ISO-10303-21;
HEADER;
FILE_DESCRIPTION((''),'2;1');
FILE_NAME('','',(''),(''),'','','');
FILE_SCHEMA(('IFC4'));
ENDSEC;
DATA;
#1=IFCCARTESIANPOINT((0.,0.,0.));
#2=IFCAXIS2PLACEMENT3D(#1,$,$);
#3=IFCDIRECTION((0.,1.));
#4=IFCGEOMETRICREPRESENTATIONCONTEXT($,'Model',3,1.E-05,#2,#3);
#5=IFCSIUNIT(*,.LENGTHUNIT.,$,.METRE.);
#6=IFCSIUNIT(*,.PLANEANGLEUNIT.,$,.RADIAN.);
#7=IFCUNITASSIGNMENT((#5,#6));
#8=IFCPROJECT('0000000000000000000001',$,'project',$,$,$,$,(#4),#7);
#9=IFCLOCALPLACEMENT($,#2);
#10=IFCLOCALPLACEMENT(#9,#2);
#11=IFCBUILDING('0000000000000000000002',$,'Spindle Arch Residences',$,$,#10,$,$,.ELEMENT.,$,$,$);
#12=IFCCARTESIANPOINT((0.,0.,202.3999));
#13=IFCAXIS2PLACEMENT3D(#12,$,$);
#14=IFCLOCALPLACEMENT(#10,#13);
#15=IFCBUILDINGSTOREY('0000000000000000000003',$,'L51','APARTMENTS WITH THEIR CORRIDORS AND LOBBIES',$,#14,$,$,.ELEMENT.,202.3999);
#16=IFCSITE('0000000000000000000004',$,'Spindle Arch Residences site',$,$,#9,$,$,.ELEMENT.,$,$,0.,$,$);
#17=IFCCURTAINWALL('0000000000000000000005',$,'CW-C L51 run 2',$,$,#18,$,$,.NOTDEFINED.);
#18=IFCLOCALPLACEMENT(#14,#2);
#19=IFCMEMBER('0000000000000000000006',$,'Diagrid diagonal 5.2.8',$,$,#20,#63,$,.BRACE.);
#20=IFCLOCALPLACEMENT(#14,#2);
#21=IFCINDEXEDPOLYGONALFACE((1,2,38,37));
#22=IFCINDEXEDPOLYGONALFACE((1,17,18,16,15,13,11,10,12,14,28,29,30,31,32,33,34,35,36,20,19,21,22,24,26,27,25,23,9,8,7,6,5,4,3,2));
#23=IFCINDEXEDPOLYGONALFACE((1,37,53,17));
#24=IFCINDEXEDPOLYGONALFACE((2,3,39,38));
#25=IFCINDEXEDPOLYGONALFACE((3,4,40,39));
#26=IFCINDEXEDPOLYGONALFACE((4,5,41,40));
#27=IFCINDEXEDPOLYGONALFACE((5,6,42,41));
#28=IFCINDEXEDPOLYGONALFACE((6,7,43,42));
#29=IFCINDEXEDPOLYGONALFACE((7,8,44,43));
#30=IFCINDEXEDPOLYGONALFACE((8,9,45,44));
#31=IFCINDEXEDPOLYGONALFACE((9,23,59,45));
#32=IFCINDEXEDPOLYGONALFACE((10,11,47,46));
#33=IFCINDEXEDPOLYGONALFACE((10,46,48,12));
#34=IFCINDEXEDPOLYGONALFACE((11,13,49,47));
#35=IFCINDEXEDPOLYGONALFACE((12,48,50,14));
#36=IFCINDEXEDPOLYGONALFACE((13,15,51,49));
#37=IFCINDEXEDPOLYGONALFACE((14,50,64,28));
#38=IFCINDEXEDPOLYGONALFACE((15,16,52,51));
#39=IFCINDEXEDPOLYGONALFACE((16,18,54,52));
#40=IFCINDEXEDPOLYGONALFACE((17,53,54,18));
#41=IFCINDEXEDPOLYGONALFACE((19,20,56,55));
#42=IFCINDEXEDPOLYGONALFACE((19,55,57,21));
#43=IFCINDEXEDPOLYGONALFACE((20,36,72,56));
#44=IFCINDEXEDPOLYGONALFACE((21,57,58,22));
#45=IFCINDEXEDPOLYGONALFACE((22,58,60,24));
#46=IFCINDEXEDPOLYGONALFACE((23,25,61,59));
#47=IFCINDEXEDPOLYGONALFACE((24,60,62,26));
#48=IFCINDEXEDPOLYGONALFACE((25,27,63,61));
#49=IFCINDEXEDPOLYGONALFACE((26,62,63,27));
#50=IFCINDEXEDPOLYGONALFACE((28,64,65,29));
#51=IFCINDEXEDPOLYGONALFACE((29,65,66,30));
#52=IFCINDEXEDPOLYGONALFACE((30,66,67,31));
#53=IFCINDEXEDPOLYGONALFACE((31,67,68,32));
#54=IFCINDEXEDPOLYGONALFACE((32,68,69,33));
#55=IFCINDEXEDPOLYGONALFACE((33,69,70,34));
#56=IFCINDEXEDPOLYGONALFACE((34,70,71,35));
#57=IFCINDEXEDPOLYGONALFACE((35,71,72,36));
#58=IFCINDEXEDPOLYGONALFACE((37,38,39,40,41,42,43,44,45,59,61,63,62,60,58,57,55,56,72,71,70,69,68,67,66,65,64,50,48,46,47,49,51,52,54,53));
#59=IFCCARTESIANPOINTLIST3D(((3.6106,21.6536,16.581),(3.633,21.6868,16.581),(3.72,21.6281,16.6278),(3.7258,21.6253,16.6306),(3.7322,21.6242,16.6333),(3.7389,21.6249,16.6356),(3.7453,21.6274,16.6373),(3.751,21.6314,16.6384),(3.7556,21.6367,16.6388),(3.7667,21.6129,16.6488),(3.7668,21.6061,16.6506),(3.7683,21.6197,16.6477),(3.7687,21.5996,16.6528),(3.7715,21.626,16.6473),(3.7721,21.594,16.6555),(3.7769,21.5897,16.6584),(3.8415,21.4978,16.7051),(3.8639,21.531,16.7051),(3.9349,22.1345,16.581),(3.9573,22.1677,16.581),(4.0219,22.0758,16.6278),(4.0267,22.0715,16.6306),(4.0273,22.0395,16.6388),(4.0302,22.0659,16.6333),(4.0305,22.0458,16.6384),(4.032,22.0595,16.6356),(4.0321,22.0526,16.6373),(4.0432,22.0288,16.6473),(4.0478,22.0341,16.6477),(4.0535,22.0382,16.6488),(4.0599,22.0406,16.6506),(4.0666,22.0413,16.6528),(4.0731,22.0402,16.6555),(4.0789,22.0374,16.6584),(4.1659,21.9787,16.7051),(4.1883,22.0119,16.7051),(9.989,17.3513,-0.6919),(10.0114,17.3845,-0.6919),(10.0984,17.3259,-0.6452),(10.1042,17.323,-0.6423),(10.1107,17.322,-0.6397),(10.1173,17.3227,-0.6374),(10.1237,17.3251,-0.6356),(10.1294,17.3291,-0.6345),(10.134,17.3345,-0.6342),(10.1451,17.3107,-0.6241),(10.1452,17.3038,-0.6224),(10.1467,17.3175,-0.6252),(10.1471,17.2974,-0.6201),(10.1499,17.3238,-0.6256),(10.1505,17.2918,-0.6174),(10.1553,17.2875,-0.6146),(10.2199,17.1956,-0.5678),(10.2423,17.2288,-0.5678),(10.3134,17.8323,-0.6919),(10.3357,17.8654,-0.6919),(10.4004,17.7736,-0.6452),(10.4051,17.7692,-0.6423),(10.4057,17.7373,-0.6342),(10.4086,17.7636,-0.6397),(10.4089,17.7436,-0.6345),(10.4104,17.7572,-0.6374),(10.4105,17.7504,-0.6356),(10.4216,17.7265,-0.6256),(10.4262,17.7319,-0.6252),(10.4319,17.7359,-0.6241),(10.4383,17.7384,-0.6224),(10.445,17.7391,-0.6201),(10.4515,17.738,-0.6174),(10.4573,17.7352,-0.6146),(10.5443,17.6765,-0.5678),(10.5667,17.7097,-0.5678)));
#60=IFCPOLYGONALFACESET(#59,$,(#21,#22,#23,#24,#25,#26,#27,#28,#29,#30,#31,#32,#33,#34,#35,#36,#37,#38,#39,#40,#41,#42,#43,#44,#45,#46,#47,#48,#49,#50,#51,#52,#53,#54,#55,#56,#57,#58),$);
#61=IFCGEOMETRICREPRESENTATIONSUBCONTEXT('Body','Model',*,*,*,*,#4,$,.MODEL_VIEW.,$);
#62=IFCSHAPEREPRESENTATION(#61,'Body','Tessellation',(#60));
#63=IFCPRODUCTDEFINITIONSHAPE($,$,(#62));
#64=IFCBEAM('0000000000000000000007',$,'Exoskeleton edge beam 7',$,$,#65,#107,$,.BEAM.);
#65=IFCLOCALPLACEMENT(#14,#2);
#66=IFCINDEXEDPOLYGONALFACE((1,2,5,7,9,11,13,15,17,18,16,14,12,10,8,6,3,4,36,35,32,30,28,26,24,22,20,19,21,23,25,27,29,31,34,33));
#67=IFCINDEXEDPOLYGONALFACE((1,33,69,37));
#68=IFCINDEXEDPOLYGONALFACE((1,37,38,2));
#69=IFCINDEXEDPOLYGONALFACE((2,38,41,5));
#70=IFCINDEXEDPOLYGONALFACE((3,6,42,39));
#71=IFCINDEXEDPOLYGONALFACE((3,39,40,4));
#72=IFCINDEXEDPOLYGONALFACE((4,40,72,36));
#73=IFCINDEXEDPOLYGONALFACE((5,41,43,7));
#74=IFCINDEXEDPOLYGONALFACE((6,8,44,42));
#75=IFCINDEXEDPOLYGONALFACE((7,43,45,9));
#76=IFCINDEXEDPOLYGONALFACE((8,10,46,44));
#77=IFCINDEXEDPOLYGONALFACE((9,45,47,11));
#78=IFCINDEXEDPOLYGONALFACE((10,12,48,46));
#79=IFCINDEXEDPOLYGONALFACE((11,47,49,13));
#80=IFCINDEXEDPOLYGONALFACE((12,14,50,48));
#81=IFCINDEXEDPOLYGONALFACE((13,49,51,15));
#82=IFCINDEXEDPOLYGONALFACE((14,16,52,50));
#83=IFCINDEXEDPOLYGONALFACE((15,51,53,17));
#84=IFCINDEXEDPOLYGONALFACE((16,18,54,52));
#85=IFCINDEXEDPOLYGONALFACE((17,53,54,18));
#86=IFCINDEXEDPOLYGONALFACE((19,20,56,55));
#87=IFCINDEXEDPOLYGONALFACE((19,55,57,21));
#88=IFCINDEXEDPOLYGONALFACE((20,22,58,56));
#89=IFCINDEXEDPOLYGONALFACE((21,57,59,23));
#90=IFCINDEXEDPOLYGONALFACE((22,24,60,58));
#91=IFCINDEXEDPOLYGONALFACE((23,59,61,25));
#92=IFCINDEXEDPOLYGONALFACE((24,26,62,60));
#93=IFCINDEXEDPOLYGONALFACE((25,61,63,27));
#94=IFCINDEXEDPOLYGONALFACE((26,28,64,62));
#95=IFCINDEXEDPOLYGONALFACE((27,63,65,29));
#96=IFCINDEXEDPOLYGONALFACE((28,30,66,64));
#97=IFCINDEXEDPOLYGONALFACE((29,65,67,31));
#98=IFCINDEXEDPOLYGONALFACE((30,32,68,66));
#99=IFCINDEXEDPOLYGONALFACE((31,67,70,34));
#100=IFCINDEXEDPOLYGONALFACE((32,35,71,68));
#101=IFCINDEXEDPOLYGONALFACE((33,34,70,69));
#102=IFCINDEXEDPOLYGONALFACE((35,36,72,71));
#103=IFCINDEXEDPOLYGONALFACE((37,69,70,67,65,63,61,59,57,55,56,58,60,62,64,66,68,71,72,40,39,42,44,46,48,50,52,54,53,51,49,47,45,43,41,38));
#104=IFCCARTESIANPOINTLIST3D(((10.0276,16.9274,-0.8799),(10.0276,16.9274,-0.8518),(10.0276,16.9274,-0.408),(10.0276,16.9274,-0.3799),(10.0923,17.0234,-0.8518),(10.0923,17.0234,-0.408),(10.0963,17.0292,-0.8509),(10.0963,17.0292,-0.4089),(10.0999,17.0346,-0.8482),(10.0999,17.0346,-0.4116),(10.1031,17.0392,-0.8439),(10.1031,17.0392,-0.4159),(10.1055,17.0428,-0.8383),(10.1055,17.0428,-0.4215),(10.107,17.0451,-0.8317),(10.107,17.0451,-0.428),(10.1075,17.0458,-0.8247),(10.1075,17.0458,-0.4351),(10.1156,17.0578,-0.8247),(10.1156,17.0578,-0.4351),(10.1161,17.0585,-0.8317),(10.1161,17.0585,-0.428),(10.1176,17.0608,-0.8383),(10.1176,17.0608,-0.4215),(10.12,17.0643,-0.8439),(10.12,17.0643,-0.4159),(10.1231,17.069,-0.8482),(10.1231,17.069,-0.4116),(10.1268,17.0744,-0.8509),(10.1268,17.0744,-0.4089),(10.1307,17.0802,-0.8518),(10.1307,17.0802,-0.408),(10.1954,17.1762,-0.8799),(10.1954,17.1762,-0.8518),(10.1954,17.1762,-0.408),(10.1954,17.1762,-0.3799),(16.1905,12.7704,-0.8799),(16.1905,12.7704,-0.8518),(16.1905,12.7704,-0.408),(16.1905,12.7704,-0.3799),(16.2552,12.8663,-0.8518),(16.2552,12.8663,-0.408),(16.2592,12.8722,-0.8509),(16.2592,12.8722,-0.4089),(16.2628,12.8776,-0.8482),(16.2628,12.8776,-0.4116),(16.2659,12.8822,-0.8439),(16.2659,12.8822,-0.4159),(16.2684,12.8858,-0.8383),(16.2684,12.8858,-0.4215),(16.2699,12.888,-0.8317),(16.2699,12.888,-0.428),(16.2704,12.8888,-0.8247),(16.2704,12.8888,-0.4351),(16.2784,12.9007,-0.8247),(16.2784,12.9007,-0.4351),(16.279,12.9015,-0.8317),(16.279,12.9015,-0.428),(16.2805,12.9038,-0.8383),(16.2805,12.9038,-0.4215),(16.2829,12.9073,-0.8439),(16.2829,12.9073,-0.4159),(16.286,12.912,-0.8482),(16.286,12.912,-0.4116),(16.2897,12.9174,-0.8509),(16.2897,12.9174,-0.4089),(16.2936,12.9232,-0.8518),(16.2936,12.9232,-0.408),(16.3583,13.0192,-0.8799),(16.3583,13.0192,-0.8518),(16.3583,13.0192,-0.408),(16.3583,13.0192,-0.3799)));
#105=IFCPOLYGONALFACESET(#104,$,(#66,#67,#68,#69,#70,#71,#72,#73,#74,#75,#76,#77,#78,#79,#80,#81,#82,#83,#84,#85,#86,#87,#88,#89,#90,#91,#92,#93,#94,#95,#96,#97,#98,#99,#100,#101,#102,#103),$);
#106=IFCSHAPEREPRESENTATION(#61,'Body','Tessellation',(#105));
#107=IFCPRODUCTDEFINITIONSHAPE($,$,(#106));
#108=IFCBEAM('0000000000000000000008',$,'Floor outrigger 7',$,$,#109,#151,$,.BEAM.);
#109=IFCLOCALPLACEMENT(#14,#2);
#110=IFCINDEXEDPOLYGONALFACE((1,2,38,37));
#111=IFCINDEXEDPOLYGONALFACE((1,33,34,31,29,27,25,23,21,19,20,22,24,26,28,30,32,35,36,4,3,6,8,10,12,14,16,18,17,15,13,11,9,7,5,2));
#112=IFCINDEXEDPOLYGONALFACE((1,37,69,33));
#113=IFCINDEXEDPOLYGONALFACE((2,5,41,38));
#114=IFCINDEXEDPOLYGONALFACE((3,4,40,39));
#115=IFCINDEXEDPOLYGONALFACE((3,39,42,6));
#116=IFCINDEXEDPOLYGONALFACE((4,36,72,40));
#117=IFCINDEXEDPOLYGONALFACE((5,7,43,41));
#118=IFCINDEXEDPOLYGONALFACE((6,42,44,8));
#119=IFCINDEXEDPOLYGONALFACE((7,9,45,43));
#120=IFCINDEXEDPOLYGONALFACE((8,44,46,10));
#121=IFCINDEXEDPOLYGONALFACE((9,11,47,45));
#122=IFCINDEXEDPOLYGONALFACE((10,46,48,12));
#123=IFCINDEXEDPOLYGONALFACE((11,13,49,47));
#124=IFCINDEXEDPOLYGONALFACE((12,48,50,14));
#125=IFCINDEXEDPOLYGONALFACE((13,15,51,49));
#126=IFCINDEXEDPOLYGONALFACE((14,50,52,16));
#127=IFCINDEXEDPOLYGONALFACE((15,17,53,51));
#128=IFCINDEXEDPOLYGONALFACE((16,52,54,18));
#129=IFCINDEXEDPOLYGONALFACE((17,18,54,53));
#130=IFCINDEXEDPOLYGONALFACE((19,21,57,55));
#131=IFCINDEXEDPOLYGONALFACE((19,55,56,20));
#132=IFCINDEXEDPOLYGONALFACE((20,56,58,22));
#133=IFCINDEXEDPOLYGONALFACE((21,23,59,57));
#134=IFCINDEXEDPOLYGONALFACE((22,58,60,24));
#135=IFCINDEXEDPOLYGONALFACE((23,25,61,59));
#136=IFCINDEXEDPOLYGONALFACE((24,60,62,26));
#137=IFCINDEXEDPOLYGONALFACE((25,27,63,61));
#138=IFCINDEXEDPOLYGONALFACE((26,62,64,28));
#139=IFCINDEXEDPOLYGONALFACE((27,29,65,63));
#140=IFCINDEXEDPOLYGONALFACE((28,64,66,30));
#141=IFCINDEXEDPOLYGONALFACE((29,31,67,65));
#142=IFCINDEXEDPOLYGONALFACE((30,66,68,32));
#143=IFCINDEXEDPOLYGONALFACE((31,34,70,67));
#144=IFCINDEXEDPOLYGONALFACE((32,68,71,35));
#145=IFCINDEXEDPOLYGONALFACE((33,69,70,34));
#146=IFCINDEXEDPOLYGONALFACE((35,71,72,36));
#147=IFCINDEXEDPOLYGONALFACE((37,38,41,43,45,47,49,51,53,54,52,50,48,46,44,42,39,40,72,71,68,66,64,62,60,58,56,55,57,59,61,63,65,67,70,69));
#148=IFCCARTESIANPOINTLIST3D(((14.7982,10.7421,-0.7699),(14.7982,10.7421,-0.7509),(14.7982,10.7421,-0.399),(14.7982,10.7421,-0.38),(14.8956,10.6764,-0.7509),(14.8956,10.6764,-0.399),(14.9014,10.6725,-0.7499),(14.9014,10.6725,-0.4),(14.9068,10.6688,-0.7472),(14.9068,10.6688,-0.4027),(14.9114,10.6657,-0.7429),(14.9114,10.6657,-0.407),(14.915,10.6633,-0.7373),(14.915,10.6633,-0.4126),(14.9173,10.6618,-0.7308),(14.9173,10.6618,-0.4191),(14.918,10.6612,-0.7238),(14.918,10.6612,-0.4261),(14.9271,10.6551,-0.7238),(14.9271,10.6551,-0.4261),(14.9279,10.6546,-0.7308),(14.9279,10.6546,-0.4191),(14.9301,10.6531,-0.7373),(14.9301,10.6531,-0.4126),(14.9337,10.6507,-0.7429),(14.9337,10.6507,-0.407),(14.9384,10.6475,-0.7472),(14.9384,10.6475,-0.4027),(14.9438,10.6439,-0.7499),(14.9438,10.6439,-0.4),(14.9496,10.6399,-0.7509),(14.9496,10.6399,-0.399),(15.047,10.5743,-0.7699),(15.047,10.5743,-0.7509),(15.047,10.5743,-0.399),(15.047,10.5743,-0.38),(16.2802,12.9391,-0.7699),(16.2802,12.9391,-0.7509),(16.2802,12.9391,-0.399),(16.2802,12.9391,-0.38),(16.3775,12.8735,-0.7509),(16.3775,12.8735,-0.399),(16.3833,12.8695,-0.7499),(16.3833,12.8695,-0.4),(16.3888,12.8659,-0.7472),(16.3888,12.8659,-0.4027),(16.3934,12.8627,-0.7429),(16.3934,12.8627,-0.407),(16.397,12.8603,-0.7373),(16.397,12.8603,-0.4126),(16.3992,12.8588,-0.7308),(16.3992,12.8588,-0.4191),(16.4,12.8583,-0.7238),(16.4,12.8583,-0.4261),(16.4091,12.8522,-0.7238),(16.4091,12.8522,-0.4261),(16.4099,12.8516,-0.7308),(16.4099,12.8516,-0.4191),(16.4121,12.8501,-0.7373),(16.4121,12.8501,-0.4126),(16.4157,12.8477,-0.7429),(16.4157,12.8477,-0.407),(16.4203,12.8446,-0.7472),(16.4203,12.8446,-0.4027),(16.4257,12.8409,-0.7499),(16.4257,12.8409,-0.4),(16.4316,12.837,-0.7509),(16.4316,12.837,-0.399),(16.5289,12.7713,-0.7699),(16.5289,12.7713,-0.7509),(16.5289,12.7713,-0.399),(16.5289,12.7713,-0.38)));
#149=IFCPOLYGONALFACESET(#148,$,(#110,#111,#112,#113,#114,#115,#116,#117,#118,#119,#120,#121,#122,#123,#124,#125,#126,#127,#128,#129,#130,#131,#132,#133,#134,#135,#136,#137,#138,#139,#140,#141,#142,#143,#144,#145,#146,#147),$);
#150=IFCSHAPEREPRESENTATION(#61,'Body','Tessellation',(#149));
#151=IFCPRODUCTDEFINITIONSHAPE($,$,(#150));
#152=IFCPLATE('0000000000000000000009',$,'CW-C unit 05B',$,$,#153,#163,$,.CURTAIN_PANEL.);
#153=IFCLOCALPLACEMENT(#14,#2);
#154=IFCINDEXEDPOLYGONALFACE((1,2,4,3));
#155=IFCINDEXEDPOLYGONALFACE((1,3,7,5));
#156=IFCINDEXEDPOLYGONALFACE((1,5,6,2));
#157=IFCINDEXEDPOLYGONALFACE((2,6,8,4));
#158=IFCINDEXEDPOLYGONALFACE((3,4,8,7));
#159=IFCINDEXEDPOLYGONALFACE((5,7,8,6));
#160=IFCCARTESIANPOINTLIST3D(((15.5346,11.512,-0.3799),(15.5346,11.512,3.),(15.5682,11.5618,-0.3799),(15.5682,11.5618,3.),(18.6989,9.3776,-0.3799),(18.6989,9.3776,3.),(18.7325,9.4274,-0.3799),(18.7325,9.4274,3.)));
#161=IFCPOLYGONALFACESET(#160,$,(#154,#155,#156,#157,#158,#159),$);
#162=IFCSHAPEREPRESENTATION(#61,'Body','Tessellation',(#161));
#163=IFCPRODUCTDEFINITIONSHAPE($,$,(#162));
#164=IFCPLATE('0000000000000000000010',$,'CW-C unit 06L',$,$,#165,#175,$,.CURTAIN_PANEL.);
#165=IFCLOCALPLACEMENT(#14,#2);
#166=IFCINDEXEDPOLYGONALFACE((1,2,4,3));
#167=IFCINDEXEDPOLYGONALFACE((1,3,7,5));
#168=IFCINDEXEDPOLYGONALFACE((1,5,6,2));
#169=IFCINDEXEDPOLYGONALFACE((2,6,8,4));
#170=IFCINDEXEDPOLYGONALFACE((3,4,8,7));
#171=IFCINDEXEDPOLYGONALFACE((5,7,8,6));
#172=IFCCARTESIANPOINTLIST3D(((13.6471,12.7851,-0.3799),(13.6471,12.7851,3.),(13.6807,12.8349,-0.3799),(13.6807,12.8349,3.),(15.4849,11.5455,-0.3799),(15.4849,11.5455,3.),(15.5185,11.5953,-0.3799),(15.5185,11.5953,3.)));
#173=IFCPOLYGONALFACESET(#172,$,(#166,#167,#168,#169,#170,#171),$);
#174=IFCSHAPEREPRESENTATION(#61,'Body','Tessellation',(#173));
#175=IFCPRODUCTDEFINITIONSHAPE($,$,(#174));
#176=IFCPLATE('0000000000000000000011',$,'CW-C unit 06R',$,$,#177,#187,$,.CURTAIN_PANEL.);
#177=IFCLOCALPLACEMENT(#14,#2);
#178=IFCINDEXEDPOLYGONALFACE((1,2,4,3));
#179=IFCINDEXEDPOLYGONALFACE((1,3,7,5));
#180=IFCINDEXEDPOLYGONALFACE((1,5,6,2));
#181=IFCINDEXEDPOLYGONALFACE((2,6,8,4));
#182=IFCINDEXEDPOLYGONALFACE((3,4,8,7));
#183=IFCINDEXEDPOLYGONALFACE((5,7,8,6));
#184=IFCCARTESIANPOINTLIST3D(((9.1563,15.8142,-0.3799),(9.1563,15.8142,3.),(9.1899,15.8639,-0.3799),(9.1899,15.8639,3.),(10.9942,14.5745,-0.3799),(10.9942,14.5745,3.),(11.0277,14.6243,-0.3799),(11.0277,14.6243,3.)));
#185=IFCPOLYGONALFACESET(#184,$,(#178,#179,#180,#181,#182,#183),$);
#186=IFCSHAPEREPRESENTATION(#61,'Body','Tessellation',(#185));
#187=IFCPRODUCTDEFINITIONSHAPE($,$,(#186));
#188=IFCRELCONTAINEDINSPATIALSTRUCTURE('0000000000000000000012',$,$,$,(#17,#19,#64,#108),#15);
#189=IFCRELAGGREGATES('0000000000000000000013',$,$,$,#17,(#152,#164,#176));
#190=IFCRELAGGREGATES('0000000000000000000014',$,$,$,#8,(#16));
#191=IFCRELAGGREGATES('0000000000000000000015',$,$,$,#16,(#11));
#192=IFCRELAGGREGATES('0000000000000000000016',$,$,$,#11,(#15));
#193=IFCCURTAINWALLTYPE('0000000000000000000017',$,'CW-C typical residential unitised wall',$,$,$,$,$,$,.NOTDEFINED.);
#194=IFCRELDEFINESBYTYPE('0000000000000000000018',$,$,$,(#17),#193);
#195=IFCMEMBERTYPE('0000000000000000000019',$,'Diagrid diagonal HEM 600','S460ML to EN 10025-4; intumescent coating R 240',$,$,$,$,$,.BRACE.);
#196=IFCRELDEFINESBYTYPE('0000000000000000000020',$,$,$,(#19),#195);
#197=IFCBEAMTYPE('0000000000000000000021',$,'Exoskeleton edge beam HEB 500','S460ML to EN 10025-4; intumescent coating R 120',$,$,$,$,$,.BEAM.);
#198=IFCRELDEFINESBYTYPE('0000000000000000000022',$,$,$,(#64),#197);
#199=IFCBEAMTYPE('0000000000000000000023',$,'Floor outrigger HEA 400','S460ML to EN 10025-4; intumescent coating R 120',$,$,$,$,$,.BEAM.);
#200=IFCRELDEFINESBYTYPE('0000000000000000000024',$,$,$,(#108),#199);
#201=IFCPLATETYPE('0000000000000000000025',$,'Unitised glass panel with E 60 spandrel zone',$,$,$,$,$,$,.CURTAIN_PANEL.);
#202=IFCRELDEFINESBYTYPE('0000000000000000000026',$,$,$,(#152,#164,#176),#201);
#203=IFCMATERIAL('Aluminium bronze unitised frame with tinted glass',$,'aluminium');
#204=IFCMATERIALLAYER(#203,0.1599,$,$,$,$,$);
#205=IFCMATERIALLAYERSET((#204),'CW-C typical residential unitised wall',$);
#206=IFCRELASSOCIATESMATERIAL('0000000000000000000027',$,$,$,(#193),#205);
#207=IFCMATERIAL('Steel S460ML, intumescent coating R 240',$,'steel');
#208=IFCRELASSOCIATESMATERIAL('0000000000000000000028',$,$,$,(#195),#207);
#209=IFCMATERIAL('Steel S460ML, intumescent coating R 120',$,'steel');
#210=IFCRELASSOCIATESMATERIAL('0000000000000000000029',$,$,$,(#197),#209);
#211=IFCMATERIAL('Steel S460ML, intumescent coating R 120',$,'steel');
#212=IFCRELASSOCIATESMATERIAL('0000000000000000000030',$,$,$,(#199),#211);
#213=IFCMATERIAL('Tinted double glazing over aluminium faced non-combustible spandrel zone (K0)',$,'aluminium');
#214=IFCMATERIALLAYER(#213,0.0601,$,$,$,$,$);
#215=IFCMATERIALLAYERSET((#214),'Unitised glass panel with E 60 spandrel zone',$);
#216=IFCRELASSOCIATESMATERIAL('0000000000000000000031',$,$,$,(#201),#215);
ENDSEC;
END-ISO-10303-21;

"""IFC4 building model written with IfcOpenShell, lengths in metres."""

from ifc_helpers import new_model, si_unit, direction, frame, origin, origin_2d, place, context, subcontext, project, spatial, rectangle, i_section, extrude, material, layer, layer_set, material_profile, profile_set, type_object, element, aggregate, save


model = new_model("IFC4")

# Units and contexts
model_context = context("Model", 3, precision=1e-05, world=origin(), true_north=direction((0.0, 1.0)))
body_context = subcontext(model_context, "Body", "Model", "MODEL_VIEW")
ifc_project = project(units=[si_unit("LENGTHUNIT", "METRE"), si_unit("PLANEANGLEUNIT", "RADIAN")], contexts=[model_context])

# Site, building, storey
site_placement = place(None, origin())
site = spatial("IfcSite", under=ifc_project, at=site_placement, Name="Spindle Arch Residences site", CompositionType="ELEMENT", RefElevation=0.0)
building_placement = place(site_placement, origin())
building = spatial("IfcBuilding", under=site, at=building_placement, Name="Spindle Arch Residences", CompositionType="ELEMENT")
storey_placement = place(building_placement, frame((0.0, 0.0, 202.3999)))
storey = spatial("IfcBuildingStorey", under=building, at=storey_placement, Name="L51", Description="APARTMENTS WITH THEIR CORRIDORS AND LOBBIES", CompositionType="ELEMENT", Elevation=202.3999)

# Curtain wall
ifc_material_1 = material(Name="Aluminium bronze unitised frame with tinted glass", Category="aluminium")
ifc_layer_1 = layer(ifc_material_1, 0.1599)
ifc_layer_set_1 = layer_set([ifc_layer_1], Name="CW-C typical residential unitised wall")
curtain_wall_type = type_object("IfcCurtainWallType", Name="CW-C typical residential unitised wall", PredefinedType="NOTDEFINED", material=ifc_layer_set_1)
curtain_wall_placement = place(storey_placement, origin())
curtain_wall = element("IfcCurtainWall", 1, at=curtain_wall_placement, inside=storey, type_object=curtain_wall_type, Name="CW-C L51 run 2", PredefinedType="NOTDEFINED")

# Member
ifc_material_2 = material(Name="Steel S460ML, intumescent coating R 240", Category="steel")
ifc_material_profile_1 = material_profile(ifc_material_2, i_section(OverallWidth=0.3049, OverallDepth=0.6201, WebThickness=0.021, FlangeThickness=0.04, FilletRadius=0.0271, at=origin_2d()), Name="HEM 600")
ifc_profile_set_1 = profile_set([ifc_material_profile_1], Name="Steel S460ML, intumescent coating R 240")
member_type_1 = type_object("IfcMemberType", Name="Diagrid diagonal HEM 600", Description="S460ML to EN 10025-4; intumescent coating R 240", PredefinedType="BRACE", material=ifc_profile_set_1)
for number, where, z_axis, x_axis, name in (
    (2, (10.2778, 17.5305, -0.6299), (-0.337323, 0.227524, 0.91348), (0.757312, -0.510807, 0.406883), "Diagrid diagonal 5.2.8"),
):
    element("IfcMember", number, at=place(storey_placement, frame(where, z_axis=z_axis, x_axis=x_axis)), inside=storey, type_object=member_type_1, Name=name, PredefinedType="BRACE", context=body_context, shape_type="SweptSolid", body=[
        extrude(i_section(OverallWidth=0.3049, OverallDepth=0.6201, WebThickness=0.021, FlangeThickness=0.04, FilletRadius=0.0271, at=origin_2d()), origin(), (0.0, 0.0, 1.0), 18.9089),
    ])

# Beams
ifc_material_3 = material(Name="Steel S460ML, intumescent coating R 120", Category="steel")
ifc_material_profile_2 = material_profile(ifc_material_3, i_section(OverallWidth=0.3, OverallDepth=0.5, WebThickness=0.0144, FlangeThickness=0.0281, FilletRadius=0.0271, at=origin_2d()), Name="HEB 500")
ifc_profile_set_2 = profile_set([ifc_material_profile_2], Name="Steel S460ML, intumescent coating R 120")
beam_type_1 = type_object("IfcBeamType", Name="Exoskeleton edge beam HEB 500", Description="S460ML to EN 10025-4; intumescent coating R 120", PredefinedType="BEAM", material=ifc_profile_set_2)
beam_1_placement = place(storey_placement, frame((16.2744, 12.8948, -0.6299), z_axis=(-0.829032, 0.559202, 0.0), x_axis=(-0.559202, -0.829032, 0.0)))
element("IfcBeam", 3, at=beam_1_placement, inside=storey, type_object=beam_type_1, Name="Exoskeleton edge beam 7", PredefinedType="BEAM", context=body_context, shape_type="SweptSolid", body=[
    extrude(i_section(OverallWidth=0.3, OverallDepth=0.5, WebThickness=0.0144, FlangeThickness=0.0281, FilletRadius=0.0271, at=origin_2d()), origin(), (0.0, 0.0, 1.0), 7.4338),
])
ifc_material_4 = material(Name="Steel S460ML, intumescent coating R 120", Category="steel")
ifc_material_profile_3 = material_profile(ifc_material_4, i_section(OverallWidth=0.3, OverallDepth=0.3899, WebThickness=0.011, FlangeThickness=0.019, FilletRadius=0.0271, at=origin_2d()), Name="HEA 400")
ifc_profile_set_3 = profile_set([ifc_material_profile_3], Name="Steel S460ML, intumescent coating R 120")
beam_type_2 = type_object("IfcBeamType", Name="Floor outrigger HEA 400", Description="S460ML to EN 10025-4; intumescent coating R 120", PredefinedType="BEAM", material=ifc_profile_set_3)
beam_2_placement = place(storey_placement, frame((16.4045, 12.8552, -0.575), z_axis=(-0.559199, -0.829033, 0.0), x_axis=(0.829033, -0.559199, 0.0)))
element("IfcBeam", 4, at=beam_2_placement, inside=storey, type_object=beam_type_2, Name="Floor outrigger 7", PredefinedType="BEAM", context=body_context, shape_type="SweptSolid", body=[
    extrude(i_section(OverallWidth=0.3, OverallDepth=0.3899, WebThickness=0.011, FlangeThickness=0.019, FilletRadius=0.0271, at=origin_2d()), origin(), (0.0, 0.0, 1.0), 2.6501),
])

# Plates
ifc_material_5 = material(Name="Tinted double glazing over aluminium faced non-combustible spandrel zone (K0)", Category="aluminium")
ifc_layer_2 = layer(ifc_material_5, 0.0601)
ifc_layer_set_2 = layer_set([ifc_layer_2], Name="Unitised glass panel with E 60 spandrel zone")
plate_type = type_object("IfcPlateType", Name="Unitised glass panel with E 60 spandrel zone", PredefinedType="CURTAIN_PANEL", material=ifc_layer_set_2)
plate_1_placement = place(storey_placement, frame((17.1335, 10.4697, -0.3799), z_axis=(0.0, 0.0, 1.0), x_axis=(-0.829038, 0.559193, 0.0)))
plate_1 = element("IfcPlate", 5, at=plate_1_placement, type_object=plate_type, Name="CW-C unit 05B", PredefinedType="CURTAIN_PANEL", context=body_context, shape_type="SweptSolid", body=[
    extrude(rectangle(XDim=3.8169, YDim=0.0601, at=origin_2d()), origin(), (0.0, 0.0, 1.0), 3.3799),
])
plate_2_placement = place(storey_placement, frame((14.5828, 12.1902, -0.3799), z_axis=(0.0, 0.0, 1.0), x_axis=(-0.829038, 0.559193, 0.0)))
plate_2 = element("IfcPlate", 6, at=plate_2_placement, type_object=plate_type, Name="CW-C unit 06L", PredefinedType="CURTAIN_PANEL", context=body_context, shape_type="SweptSolid", body=[
    extrude(rectangle(XDim=2.2168, YDim=0.0601, at=origin_2d()), origin(), (0.0, 0.0, 1.0), 3.3799),
])
plate_3_placement = place(storey_placement, frame((10.092, 15.2192, -0.3799), z_axis=(0.0, 0.0, 1.0), x_axis=(-0.829038, 0.559193, 0.0)))
plate_3 = element("IfcPlate", 7, at=plate_3_placement, type_object=plate_type, Name="CW-C unit 06R", PredefinedType="CURTAIN_PANEL", context=body_context, shape_type="SweptSolid", body=[
    extrude(rectangle(XDim=2.2168, YDim=0.0601, at=origin_2d()), origin(), (0.0, 0.0, 1.0), 3.3799),
])
aggregate(curtain_wall, [plate_1, plate_2, plate_3])

save(model, "model.ifc")
